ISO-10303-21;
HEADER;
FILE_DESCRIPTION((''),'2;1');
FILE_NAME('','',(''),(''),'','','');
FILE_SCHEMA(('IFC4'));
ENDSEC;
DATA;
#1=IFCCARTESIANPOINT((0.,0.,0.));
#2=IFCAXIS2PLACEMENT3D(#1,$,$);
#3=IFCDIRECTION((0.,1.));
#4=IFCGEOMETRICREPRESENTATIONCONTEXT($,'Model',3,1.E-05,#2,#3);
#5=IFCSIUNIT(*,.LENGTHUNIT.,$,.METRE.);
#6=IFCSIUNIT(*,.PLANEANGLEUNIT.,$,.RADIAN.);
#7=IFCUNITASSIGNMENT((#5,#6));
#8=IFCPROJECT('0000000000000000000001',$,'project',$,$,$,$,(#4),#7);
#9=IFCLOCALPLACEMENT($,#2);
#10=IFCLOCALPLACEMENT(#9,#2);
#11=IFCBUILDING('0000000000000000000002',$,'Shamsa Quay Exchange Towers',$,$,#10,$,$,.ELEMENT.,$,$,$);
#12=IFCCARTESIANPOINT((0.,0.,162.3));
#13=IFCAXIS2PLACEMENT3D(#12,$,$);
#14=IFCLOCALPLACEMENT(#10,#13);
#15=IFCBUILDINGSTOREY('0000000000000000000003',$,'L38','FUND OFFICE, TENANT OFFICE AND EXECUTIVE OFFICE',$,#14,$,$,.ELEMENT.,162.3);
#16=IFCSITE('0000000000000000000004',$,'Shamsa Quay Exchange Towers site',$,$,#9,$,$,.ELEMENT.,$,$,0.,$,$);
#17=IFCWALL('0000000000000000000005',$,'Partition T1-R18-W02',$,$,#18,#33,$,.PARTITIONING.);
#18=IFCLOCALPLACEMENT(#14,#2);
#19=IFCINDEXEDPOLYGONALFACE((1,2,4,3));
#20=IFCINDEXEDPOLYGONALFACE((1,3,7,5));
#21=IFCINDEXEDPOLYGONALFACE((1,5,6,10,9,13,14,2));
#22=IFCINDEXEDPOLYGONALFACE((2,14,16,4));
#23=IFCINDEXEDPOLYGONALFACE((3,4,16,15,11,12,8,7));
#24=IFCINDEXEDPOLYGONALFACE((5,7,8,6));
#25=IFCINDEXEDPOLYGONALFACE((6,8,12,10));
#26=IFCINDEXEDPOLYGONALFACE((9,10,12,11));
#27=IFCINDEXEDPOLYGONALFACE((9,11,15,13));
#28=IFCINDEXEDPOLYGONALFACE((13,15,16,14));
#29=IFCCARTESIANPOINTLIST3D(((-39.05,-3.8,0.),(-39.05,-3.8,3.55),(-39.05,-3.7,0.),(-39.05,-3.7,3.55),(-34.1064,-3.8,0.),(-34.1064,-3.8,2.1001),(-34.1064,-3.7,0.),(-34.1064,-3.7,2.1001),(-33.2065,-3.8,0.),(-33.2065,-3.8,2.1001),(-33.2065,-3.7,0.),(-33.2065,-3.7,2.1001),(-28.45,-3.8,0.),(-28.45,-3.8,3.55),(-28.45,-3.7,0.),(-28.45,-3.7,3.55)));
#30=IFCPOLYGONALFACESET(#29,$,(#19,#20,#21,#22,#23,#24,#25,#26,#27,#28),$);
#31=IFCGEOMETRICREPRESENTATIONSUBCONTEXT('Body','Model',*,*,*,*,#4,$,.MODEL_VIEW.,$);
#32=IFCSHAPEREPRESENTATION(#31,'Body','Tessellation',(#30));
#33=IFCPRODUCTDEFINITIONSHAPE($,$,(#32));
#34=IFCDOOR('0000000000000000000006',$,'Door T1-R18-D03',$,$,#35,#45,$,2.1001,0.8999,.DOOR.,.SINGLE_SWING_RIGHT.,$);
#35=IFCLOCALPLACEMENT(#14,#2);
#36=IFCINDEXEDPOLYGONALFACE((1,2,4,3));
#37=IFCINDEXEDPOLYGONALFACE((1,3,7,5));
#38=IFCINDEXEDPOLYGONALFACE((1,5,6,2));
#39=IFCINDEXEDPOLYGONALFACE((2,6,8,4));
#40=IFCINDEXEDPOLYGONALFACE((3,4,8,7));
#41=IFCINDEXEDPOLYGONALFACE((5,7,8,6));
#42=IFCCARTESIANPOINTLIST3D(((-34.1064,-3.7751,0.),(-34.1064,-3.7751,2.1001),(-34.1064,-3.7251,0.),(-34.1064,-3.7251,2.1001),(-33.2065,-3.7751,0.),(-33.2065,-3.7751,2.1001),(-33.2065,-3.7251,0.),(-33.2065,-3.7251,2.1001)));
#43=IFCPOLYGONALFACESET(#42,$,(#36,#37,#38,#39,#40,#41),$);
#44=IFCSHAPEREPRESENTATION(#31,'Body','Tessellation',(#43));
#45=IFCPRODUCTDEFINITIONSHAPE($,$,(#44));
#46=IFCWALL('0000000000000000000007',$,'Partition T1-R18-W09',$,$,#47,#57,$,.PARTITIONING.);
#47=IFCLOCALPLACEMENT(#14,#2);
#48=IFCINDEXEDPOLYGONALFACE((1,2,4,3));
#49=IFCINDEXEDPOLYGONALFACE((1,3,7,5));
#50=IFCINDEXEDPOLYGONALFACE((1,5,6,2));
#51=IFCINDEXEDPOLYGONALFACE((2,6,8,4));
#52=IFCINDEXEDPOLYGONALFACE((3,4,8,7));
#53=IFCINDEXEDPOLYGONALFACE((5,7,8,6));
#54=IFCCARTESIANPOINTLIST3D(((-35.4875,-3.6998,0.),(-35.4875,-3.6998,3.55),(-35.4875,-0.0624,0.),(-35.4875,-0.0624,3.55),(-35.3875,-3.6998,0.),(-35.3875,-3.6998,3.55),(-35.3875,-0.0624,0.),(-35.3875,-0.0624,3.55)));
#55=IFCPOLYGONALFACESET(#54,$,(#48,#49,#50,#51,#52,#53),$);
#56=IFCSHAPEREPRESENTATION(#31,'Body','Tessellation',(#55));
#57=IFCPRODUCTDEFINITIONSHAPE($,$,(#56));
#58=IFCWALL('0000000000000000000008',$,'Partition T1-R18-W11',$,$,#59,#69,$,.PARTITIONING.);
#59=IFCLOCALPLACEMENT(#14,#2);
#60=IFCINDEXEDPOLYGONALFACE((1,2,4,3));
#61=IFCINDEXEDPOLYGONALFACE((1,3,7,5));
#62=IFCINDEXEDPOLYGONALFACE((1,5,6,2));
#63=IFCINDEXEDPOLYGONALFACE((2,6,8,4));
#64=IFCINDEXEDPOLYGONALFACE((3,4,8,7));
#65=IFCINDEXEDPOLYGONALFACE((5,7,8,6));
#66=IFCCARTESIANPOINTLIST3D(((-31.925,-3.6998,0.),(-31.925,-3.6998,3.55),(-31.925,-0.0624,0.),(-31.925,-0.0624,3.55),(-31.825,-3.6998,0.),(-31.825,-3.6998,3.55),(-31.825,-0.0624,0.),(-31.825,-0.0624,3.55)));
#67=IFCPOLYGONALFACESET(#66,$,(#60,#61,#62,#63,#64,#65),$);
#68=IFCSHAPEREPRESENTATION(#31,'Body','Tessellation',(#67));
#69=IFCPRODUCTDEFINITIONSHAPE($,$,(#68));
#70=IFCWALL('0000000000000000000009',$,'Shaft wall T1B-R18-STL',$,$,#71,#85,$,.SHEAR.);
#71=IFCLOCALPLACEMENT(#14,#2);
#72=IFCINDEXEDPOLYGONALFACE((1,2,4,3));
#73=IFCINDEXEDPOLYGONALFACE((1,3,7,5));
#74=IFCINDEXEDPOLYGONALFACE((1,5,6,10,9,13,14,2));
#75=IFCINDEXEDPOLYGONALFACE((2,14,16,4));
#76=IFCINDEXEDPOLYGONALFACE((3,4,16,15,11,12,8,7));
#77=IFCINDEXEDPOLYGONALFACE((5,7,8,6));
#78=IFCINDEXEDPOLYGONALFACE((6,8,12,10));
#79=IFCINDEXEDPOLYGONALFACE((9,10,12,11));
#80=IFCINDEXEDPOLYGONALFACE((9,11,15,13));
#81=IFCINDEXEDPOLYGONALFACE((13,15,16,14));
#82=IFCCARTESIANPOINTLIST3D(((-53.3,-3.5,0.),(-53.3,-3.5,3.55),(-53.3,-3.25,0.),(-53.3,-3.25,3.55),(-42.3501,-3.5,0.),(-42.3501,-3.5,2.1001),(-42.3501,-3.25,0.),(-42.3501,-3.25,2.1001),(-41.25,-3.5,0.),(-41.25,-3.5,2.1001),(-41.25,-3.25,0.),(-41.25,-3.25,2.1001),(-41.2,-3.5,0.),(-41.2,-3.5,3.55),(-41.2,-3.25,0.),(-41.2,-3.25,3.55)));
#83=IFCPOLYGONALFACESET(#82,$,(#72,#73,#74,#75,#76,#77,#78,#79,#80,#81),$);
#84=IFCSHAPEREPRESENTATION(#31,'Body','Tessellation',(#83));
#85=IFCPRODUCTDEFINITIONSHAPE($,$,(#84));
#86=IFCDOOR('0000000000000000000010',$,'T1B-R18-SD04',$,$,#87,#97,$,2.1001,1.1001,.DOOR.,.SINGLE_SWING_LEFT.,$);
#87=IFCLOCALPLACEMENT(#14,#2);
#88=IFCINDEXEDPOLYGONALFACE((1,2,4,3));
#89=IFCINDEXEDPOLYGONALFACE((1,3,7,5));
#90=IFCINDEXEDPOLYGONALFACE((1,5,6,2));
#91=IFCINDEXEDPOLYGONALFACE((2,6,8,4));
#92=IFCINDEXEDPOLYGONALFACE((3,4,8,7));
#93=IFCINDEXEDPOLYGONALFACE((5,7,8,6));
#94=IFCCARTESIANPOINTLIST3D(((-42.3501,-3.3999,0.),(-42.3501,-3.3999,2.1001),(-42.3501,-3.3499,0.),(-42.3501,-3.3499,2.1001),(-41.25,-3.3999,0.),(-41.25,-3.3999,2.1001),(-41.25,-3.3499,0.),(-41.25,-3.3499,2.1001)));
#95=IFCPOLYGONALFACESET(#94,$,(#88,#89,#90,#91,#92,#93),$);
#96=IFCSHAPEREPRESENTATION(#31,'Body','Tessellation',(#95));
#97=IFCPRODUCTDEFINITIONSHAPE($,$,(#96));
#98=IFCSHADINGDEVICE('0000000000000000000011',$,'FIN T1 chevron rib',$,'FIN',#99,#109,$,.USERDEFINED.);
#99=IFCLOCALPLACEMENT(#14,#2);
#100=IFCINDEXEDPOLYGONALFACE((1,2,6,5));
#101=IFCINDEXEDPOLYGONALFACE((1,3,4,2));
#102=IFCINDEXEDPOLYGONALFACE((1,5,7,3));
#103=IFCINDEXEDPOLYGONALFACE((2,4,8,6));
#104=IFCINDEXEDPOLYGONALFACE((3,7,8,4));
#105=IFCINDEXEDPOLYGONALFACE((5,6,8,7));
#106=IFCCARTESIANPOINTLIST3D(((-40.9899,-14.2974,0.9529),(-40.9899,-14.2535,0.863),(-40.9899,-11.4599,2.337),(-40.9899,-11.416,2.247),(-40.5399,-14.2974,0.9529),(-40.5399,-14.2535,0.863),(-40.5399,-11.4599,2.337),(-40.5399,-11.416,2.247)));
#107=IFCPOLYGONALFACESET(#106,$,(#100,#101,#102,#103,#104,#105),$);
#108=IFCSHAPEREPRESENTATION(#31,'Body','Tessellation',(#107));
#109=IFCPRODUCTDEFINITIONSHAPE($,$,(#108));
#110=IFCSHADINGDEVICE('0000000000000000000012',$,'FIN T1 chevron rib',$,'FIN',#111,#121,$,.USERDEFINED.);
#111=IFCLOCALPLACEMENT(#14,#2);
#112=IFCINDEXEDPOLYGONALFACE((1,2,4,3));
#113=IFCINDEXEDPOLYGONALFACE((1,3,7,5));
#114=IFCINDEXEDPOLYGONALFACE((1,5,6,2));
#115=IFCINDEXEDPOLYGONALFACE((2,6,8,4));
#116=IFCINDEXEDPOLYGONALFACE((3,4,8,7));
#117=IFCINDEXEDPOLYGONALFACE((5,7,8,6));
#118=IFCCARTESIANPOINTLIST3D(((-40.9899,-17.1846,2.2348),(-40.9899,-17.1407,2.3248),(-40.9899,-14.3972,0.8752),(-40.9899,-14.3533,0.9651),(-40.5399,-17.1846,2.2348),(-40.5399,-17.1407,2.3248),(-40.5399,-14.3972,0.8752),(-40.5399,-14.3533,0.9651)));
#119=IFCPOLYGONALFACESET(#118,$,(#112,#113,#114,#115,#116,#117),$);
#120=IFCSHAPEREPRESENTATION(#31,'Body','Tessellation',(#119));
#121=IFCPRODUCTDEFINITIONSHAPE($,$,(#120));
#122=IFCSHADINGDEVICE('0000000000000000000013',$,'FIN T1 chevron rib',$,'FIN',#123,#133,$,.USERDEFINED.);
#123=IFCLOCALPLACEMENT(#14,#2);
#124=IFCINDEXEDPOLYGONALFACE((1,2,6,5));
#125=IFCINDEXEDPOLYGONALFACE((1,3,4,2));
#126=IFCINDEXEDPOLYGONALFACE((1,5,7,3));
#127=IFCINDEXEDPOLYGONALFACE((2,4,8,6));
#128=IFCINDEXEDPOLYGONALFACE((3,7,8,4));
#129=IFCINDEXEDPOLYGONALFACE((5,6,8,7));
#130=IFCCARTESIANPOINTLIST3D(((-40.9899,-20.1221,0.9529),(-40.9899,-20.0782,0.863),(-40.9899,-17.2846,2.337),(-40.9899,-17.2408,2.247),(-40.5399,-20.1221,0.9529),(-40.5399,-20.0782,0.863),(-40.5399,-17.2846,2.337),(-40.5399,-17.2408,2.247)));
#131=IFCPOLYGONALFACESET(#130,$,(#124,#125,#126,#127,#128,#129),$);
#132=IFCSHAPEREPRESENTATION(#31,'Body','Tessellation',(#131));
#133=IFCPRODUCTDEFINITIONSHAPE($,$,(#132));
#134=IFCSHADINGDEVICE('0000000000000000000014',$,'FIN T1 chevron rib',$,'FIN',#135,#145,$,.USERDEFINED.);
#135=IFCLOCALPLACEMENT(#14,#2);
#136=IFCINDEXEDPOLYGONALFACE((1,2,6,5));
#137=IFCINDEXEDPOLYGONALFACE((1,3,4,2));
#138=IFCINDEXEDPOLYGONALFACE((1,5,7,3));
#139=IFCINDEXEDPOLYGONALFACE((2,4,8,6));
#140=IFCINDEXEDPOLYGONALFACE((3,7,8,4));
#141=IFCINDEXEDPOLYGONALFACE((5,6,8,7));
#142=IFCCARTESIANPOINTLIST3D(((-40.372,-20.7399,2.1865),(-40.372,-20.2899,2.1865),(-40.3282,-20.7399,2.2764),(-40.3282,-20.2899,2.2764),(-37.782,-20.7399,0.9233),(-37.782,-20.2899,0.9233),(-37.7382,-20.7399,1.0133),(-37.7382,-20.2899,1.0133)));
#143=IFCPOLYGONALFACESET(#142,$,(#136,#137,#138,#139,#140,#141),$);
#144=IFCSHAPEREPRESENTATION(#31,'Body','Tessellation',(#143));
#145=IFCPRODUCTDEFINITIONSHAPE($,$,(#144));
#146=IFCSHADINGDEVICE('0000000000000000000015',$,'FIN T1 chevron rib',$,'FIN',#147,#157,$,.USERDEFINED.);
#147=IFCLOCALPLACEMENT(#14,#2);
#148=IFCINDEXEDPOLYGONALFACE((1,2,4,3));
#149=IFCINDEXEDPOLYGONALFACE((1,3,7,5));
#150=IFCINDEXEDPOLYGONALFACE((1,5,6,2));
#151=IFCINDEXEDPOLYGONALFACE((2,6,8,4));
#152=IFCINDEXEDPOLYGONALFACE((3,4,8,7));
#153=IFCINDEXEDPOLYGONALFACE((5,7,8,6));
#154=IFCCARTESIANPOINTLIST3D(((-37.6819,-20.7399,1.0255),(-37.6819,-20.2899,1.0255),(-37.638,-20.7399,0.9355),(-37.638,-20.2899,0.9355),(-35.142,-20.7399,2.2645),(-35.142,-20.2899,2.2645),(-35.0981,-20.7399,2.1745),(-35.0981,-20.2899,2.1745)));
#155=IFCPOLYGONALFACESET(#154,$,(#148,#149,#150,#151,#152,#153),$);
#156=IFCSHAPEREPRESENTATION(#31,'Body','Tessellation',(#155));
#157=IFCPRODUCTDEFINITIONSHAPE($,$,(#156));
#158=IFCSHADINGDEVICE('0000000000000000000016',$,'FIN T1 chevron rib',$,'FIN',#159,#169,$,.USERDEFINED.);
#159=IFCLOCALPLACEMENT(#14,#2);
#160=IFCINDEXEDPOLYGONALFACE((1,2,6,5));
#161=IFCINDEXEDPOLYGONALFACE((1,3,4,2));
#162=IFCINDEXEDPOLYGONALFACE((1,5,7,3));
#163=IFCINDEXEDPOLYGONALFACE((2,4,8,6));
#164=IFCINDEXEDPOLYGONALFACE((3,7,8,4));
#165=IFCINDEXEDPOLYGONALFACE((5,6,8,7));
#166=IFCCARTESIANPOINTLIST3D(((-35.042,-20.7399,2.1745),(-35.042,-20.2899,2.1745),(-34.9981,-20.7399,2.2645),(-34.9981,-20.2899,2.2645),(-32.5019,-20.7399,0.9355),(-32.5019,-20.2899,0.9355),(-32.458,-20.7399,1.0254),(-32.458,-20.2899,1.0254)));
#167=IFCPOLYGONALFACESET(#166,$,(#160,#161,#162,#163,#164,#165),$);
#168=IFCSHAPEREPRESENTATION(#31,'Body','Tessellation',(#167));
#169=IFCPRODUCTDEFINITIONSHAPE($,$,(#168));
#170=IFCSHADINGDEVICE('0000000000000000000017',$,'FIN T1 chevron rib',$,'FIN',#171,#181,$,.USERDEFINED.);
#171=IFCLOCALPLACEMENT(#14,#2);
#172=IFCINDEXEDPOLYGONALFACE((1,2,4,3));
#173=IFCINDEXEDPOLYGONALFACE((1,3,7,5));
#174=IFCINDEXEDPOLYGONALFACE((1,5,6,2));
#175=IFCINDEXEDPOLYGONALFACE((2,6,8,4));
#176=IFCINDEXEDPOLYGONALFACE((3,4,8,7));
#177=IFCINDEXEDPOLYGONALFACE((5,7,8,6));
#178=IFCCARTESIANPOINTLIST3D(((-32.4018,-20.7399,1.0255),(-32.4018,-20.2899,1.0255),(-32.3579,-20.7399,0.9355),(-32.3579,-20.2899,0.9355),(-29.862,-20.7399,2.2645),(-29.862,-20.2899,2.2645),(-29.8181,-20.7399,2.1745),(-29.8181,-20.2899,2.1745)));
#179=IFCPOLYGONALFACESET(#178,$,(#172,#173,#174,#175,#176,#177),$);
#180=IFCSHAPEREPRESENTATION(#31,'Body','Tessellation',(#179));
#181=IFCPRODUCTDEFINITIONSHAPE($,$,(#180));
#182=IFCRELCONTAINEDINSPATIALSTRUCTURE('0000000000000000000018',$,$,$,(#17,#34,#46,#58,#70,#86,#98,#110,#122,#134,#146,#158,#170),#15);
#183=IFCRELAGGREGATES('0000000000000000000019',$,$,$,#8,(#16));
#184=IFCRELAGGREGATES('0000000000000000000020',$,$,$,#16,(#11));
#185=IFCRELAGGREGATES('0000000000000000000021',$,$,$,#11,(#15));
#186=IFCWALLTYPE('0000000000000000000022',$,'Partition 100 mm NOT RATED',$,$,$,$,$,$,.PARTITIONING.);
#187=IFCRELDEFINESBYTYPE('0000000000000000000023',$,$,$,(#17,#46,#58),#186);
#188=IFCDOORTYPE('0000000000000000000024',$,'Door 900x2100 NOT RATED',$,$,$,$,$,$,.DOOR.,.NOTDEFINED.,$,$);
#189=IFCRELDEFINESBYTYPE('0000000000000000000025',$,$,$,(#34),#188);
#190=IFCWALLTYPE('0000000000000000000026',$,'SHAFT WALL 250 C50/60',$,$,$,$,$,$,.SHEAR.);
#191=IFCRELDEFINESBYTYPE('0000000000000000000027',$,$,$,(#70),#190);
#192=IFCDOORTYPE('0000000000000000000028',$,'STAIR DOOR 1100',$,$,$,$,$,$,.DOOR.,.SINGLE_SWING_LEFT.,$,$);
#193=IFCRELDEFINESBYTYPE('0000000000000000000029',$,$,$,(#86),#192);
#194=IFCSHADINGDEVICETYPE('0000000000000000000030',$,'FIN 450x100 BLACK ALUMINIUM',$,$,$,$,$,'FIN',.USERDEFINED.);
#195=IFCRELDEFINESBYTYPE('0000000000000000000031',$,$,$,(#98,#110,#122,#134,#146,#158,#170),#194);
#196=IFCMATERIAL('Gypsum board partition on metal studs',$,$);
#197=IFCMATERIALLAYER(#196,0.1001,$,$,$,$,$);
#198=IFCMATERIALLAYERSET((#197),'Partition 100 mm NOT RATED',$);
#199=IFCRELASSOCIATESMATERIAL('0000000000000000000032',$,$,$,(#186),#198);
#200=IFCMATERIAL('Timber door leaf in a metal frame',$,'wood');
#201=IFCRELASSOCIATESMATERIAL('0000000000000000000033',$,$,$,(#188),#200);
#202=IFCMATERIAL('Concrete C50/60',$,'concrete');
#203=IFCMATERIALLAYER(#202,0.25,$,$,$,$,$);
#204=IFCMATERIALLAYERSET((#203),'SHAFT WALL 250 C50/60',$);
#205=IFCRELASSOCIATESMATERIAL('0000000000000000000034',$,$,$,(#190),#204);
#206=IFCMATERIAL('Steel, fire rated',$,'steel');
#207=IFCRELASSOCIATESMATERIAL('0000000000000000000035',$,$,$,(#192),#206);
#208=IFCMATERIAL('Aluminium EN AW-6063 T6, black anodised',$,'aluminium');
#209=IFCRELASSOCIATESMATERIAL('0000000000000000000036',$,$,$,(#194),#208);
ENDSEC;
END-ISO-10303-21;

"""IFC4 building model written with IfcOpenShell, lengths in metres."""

from ifc_helpers import new_model, si_unit, direction, frame, frame_2d, origin, origin_2d, place, context, subcontext, project, spatial, rectangle, extrude, material, layer, layer_set, material_profile, profile_set, type_object, element, fill, save


model = new_model("IFC4")

# Units and contexts
model_context = context("Model", 3, precision=1e-05, world=origin(), true_north=direction((0.0, 1.0)))
body_context = subcontext(model_context, "Body", "Model", "MODEL_VIEW")
ifc_project = project(units=[si_unit("LENGTHUNIT", "METRE"), si_unit("PLANEANGLEUNIT", "RADIAN")], contexts=[model_context])

# Site, building, storey
site_placement = place(None, origin())
site = spatial("IfcSite", under=ifc_project, at=site_placement, Name="Shamsa Quay Exchange Towers site", CompositionType="ELEMENT", RefElevation=0.0)
building_placement = place(site_placement, origin())
building = spatial("IfcBuilding", under=site, at=building_placement, Name="Shamsa Quay Exchange Towers", CompositionType="ELEMENT")
storey_placement = place(building_placement, frame((0.0, 0.0, 162.3)))
storey = spatial("IfcBuildingStorey", under=building, at=storey_placement, Name="L38", Description="FUND OFFICE, TENANT OFFICE AND EXECUTIVE OFFICE", CompositionType="ELEMENT", Elevation=162.3)

# Shared definitions
ifc_material_1 = material(Name="Aluminium EN AW-6063 T6, black anodised", Category="aluminium")

# Wall, opening, door
ifc_material_2 = material(Name="Steel, fire rated", Category="steel")
ifc_material_3 = material(Name="Gypsum board partition on metal studs")
ifc_layer_1 = layer(ifc_material_3, 0.1001)
ifc_layer_set_1 = layer_set([ifc_layer_1], Name="Partition 100 mm NOT RATED")
wall_type_1 = type_object("IfcWallType", Name="Partition 100 mm NOT RATED", PredefinedType="PARTITIONING", material=ifc_layer_set_1)
wall_1_placement = place(storey_placement, frame((-39.05, -3.75, 0.0)))
wall_1 = element("IfcWall", 1, at=wall_1_placement, inside=storey, type_object=wall_type_1, Name="Partition T1-R18-W02", PredefinedType="PARTITIONING", context=body_context, shape_type="SweptSolid", body=[
    extrude(rectangle(XDim=10.6001, YDim=0.1001, at=frame_2d((5.3, 0.0))), origin(), (0.0, 0.0, 1.0), 3.55),
])
opening_1_placement = place(wall_1_placement, frame((4.9436, 0.0, 0.0)))
opening_1 = element("IfcOpeningElement", 2, at=opening_1_placement, cuts=wall_1, PredefinedType="OPENING", context=body_context, shape_type="SweptSolid", body=[
    extrude(rectangle(XDim=0.8999, YDim=2.1001, at=frame_2d((0.45, 1.05))), frame((0.0, 0.0601, 0.0), z_axis=(0.0, -1.0, 0.0), x_axis=(1.0, 0.0, 0.0)), (0.0, 0.0, 1.0), 0.1201),
])
ifc_material_4 = material(Name="Timber door leaf in a metal frame", Category="wood")
door_type_1 = type_object("IfcDoorType", Name="Door 900x2100 NOT RATED", OperationType="NOTDEFINED", PredefinedType="DOOR", material=ifc_material_4)
door_1_placement = place(opening_1_placement, origin())
door_1 = element("IfcDoor", 3, at=door_1_placement, inside=storey, type_object=door_type_1, Name="Door T1-R18-D03", OperationType="SINGLE_SWING_RIGHT", OverallHeight=2.1001, OverallWidth=0.8999, PredefinedType="DOOR", context=body_context, shape_type="SweptSolid", body=[
    extrude(rectangle(XDim=0.8999, YDim=2.1001, at=frame_2d((0.45, 1.05))), frame((0.0, 0.0249, 0.0), z_axis=(0.0, -1.0, 0.0), x_axis=(1.0, 0.0, 0.0)), (0.0, 0.0, 1.0), 0.05),
])
fill(opening_1, door_1)

# Walls
for number, where, z_axis, x_axis, name in (
    (4, (-35.4375, -3.7, 0.0), (0.0, 0.0, 1.0), (0.0, 1.0, 0.0), "Partition T1-R18-W09"),
    (5, (-31.875, -3.7, 0.0), (0.0, 0.0, 1.0), (0.0, 1.0, 0.0), "Partition T1-R18-W11"),
):
    element("IfcWall", number, at=place(storey_placement, frame(where, z_axis=z_axis, x_axis=x_axis)), inside=storey, type_object=wall_type_1, Name=name, PredefinedType="PARTITIONING", context=body_context, shape_type="SweptSolid", body=[
        extrude(rectangle(XDim=3.6375, YDim=0.1001, at=frame_2d((1.8188, 0.0))), origin(), (0.0, 0.0, 1.0), 3.55),
    ])

# Wall, opening, door
ifc_material_5 = material(Name="Concrete C50/60", Category="concrete")
ifc_layer_2 = layer(ifc_material_5, 0.25)
ifc_layer_set_2 = layer_set([ifc_layer_2], Name="SHAFT WALL 250 C50/60")
wall_type_2 = type_object("IfcWallType", Name="SHAFT WALL 250 C50/60", PredefinedType="SHEAR", material=ifc_layer_set_2)
wall_2_placement = place(storey_placement, frame((-41.2, -3.375, 0.0), z_axis=(0.0, 0.0, 1.0), x_axis=(-1.0, 0.0, 0.0)))
wall_2 = element("IfcWall", 6, at=wall_2_placement, inside=storey, type_object=wall_type_2, Name="Shaft wall T1B-R18-STL", PredefinedType="SHEAR", context=body_context, shape_type="SweptSolid", body=[
    extrude(rectangle(XDim=12.1001, YDim=0.25, at=frame_2d((6.05, 0.0))), origin(), (0.0, 0.0, 1.0), 3.55),
])
opening_2_placement = place(wall_2_placement, frame((0.05, 0.0, 0.0)))
opening_2 = element("IfcOpeningElement", 7, at=opening_2_placement, cuts=wall_2, PredefinedType="OPENING", context=body_context, shape_type="SweptSolid", body=[
    extrude(rectangle(XDim=1.1001, YDim=2.1001, at=frame_2d((0.55, 1.05))), frame((0.0, 0.135, 0.0), z_axis=(0.0, -1.0, 0.0), x_axis=(1.0, 0.0, 0.0)), (0.0, 0.0, 1.0), 0.27),
])
door_type_2 = type_object("IfcDoorType", Name="STAIR DOOR 1100", OperationType="SINGLE_SWING_LEFT", PredefinedType="DOOR", material=ifc_material_2)
door_2_placement = place(opening_2_placement, origin())
door_2 = element("IfcDoor", 8, at=door_2_placement, inside=storey, type_object=door_type_2, Name="T1B-R18-SD04", OperationType="SINGLE_SWING_LEFT", OverallHeight=2.1001, OverallWidth=1.1001, PredefinedType="DOOR", context=body_context, shape_type="SweptSolid", body=[
    extrude(rectangle(XDim=1.1001, YDim=2.1001, at=frame_2d((0.55, 1.05))), frame((0.0, 0.0249, 0.0), z_axis=(0.0, -1.0, 0.0), x_axis=(1.0, 0.0, 0.0)), (0.0, 0.0, 1.0), 0.05),
])
fill(opening_2, door_2)

# Shading devices
ifc_material_profile_1 = material_profile(ifc_material_1, rectangle(XDim=0.45, YDim=0.1001, at=origin_2d()), Name="FIN450x100")
ifc_profile_set_1 = profile_set([ifc_material_profile_1], Name="Aluminium EN AW-6063 T6, black anodised")
shading_device_type = type_object("IfcShadingDeviceType", Name="FIN 450x100 BLACK ALUMINIUM", ElementType="FIN", PredefinedType="USERDEFINED", material=ifc_profile_set_1)
shading_device_1_placement = place(storey_placement, frame((-40.7649, -11.438, 2.292), z_axis=(0.0, -0.898777, -0.438407), x_axis=(1.0, 0.0, 0.0)))
element("IfcShadingDevice", 9, at=shading_device_1_placement, inside=storey, type_object=shading_device_type, Name="FIN T1 chevron rib", ObjectType="FIN", PredefinedType="USERDEFINED", context=body_context, shape_type="SweptSolid", body=[
    extrude(rectangle(XDim=0.45, YDim=0.1001, at=origin_2d()), origin(), (0.0, 0.0, 1.0), 3.157),
])
shading_device_2_placement = place(storey_placement, frame((-40.7649, -14.3752, 0.9202), z_axis=(0.0, -0.898777, 0.438407), x_axis=(1.0, 0.0, 0.0)))
element("IfcShadingDevice", 10, at=shading_device_2_placement, inside=storey, type_object=shading_device_type, Name="FIN T1 chevron rib", ObjectType="FIN", PredefinedType="USERDEFINED", context=body_context, shape_type="SweptSolid", body=[
    extrude(rectangle(XDim=0.45, YDim=0.1001, at=origin_2d()), origin(), (0.0, 0.0, 1.0), 3.1013),
])
shading_device_3_placement = place(storey_placement, frame((-40.7649, -17.2627, 2.292), z_axis=(0.0, -0.898777, -0.438407), x_axis=(1.0, 0.0, 0.0)))
element("IfcShadingDevice", 11, at=shading_device_3_placement, inside=storey, type_object=shading_device_type, Name="FIN T1 chevron rib", ObjectType="FIN", PredefinedType="USERDEFINED", context=body_context, shape_type="SweptSolid", body=[
    extrude(rectangle(XDim=0.45, YDim=0.1001, at=origin_2d()), origin(), (0.0, 0.0, 1.0), 3.157),
])
shading_device_4_placement = place(storey_placement, frame((-40.3501, -20.5149, 2.2314), z_axis=(0.898806, 0.0, -0.438347), x_axis=(0.0, 1.0, 0.0)))
element("IfcShadingDevice", 12, at=shading_device_4_placement, inside=storey, type_object=shading_device_type, Name="FIN T1 chevron rib", ObjectType="FIN", PredefinedType="USERDEFINED", context=body_context, shape_type="SweptSolid", body=[
    extrude(rectangle(XDim=0.45, YDim=0.1001, at=origin_2d()), origin(), (0.0, 0.0, 1.0), 2.8816),
])
shading_device_5_placement = place(storey_placement, frame((-37.6599, -20.5149, 0.9805), z_axis=(0.898756, 0.0, 0.438449), x_axis=(0.0, 1.0, 0.0)))
element("IfcShadingDevice", 13, at=shading_device_5_placement, inside=storey, type_object=shading_device_type, Name="FIN T1 chevron rib", ObjectType="FIN", PredefinedType="USERDEFINED", context=body_context, shape_type="SweptSolid", body=[
    extrude(rectangle(XDim=0.45, YDim=0.1001, at=origin_2d()), origin(), (0.0, 0.0, 1.0), 2.8259),
])
shading_device_6_placement = place(storey_placement, frame((-35.02, -20.5149, 2.2195), z_axis=(0.898773, 0.0, -0.438415), x_axis=(0.0, 1.0, 0.0)))
element("IfcShadingDevice", 14, at=shading_device_6_placement, inside=storey, type_object=shading_device_type, Name="FIN T1 chevron rib", ObjectType="FIN", PredefinedType="USERDEFINED", context=body_context, shape_type="SweptSolid", body=[
    extrude(rectangle(XDim=0.45, YDim=0.1001, at=origin_2d()), origin(), (0.0, 0.0, 1.0), 2.8262),
])
shading_device_7_placement = place(storey_placement, frame((-32.3799, -20.5149, 0.9805), z_axis=(0.898756, 0.0, 0.438449), x_axis=(0.0, 1.0, 0.0)))
element("IfcShadingDevice", 15, at=shading_device_7_placement, inside=storey, type_object=shading_device_type, Name="FIN T1 chevron rib", ObjectType="FIN", PredefinedType="USERDEFINED", context=body_context, shape_type="SweptSolid", body=[
    extrude(rectangle(XDim=0.45, YDim=0.1001, at=origin_2d()), origin(), (0.0, 0.0, 1.0), 2.8259),
])

save(model, "model.ifc")
